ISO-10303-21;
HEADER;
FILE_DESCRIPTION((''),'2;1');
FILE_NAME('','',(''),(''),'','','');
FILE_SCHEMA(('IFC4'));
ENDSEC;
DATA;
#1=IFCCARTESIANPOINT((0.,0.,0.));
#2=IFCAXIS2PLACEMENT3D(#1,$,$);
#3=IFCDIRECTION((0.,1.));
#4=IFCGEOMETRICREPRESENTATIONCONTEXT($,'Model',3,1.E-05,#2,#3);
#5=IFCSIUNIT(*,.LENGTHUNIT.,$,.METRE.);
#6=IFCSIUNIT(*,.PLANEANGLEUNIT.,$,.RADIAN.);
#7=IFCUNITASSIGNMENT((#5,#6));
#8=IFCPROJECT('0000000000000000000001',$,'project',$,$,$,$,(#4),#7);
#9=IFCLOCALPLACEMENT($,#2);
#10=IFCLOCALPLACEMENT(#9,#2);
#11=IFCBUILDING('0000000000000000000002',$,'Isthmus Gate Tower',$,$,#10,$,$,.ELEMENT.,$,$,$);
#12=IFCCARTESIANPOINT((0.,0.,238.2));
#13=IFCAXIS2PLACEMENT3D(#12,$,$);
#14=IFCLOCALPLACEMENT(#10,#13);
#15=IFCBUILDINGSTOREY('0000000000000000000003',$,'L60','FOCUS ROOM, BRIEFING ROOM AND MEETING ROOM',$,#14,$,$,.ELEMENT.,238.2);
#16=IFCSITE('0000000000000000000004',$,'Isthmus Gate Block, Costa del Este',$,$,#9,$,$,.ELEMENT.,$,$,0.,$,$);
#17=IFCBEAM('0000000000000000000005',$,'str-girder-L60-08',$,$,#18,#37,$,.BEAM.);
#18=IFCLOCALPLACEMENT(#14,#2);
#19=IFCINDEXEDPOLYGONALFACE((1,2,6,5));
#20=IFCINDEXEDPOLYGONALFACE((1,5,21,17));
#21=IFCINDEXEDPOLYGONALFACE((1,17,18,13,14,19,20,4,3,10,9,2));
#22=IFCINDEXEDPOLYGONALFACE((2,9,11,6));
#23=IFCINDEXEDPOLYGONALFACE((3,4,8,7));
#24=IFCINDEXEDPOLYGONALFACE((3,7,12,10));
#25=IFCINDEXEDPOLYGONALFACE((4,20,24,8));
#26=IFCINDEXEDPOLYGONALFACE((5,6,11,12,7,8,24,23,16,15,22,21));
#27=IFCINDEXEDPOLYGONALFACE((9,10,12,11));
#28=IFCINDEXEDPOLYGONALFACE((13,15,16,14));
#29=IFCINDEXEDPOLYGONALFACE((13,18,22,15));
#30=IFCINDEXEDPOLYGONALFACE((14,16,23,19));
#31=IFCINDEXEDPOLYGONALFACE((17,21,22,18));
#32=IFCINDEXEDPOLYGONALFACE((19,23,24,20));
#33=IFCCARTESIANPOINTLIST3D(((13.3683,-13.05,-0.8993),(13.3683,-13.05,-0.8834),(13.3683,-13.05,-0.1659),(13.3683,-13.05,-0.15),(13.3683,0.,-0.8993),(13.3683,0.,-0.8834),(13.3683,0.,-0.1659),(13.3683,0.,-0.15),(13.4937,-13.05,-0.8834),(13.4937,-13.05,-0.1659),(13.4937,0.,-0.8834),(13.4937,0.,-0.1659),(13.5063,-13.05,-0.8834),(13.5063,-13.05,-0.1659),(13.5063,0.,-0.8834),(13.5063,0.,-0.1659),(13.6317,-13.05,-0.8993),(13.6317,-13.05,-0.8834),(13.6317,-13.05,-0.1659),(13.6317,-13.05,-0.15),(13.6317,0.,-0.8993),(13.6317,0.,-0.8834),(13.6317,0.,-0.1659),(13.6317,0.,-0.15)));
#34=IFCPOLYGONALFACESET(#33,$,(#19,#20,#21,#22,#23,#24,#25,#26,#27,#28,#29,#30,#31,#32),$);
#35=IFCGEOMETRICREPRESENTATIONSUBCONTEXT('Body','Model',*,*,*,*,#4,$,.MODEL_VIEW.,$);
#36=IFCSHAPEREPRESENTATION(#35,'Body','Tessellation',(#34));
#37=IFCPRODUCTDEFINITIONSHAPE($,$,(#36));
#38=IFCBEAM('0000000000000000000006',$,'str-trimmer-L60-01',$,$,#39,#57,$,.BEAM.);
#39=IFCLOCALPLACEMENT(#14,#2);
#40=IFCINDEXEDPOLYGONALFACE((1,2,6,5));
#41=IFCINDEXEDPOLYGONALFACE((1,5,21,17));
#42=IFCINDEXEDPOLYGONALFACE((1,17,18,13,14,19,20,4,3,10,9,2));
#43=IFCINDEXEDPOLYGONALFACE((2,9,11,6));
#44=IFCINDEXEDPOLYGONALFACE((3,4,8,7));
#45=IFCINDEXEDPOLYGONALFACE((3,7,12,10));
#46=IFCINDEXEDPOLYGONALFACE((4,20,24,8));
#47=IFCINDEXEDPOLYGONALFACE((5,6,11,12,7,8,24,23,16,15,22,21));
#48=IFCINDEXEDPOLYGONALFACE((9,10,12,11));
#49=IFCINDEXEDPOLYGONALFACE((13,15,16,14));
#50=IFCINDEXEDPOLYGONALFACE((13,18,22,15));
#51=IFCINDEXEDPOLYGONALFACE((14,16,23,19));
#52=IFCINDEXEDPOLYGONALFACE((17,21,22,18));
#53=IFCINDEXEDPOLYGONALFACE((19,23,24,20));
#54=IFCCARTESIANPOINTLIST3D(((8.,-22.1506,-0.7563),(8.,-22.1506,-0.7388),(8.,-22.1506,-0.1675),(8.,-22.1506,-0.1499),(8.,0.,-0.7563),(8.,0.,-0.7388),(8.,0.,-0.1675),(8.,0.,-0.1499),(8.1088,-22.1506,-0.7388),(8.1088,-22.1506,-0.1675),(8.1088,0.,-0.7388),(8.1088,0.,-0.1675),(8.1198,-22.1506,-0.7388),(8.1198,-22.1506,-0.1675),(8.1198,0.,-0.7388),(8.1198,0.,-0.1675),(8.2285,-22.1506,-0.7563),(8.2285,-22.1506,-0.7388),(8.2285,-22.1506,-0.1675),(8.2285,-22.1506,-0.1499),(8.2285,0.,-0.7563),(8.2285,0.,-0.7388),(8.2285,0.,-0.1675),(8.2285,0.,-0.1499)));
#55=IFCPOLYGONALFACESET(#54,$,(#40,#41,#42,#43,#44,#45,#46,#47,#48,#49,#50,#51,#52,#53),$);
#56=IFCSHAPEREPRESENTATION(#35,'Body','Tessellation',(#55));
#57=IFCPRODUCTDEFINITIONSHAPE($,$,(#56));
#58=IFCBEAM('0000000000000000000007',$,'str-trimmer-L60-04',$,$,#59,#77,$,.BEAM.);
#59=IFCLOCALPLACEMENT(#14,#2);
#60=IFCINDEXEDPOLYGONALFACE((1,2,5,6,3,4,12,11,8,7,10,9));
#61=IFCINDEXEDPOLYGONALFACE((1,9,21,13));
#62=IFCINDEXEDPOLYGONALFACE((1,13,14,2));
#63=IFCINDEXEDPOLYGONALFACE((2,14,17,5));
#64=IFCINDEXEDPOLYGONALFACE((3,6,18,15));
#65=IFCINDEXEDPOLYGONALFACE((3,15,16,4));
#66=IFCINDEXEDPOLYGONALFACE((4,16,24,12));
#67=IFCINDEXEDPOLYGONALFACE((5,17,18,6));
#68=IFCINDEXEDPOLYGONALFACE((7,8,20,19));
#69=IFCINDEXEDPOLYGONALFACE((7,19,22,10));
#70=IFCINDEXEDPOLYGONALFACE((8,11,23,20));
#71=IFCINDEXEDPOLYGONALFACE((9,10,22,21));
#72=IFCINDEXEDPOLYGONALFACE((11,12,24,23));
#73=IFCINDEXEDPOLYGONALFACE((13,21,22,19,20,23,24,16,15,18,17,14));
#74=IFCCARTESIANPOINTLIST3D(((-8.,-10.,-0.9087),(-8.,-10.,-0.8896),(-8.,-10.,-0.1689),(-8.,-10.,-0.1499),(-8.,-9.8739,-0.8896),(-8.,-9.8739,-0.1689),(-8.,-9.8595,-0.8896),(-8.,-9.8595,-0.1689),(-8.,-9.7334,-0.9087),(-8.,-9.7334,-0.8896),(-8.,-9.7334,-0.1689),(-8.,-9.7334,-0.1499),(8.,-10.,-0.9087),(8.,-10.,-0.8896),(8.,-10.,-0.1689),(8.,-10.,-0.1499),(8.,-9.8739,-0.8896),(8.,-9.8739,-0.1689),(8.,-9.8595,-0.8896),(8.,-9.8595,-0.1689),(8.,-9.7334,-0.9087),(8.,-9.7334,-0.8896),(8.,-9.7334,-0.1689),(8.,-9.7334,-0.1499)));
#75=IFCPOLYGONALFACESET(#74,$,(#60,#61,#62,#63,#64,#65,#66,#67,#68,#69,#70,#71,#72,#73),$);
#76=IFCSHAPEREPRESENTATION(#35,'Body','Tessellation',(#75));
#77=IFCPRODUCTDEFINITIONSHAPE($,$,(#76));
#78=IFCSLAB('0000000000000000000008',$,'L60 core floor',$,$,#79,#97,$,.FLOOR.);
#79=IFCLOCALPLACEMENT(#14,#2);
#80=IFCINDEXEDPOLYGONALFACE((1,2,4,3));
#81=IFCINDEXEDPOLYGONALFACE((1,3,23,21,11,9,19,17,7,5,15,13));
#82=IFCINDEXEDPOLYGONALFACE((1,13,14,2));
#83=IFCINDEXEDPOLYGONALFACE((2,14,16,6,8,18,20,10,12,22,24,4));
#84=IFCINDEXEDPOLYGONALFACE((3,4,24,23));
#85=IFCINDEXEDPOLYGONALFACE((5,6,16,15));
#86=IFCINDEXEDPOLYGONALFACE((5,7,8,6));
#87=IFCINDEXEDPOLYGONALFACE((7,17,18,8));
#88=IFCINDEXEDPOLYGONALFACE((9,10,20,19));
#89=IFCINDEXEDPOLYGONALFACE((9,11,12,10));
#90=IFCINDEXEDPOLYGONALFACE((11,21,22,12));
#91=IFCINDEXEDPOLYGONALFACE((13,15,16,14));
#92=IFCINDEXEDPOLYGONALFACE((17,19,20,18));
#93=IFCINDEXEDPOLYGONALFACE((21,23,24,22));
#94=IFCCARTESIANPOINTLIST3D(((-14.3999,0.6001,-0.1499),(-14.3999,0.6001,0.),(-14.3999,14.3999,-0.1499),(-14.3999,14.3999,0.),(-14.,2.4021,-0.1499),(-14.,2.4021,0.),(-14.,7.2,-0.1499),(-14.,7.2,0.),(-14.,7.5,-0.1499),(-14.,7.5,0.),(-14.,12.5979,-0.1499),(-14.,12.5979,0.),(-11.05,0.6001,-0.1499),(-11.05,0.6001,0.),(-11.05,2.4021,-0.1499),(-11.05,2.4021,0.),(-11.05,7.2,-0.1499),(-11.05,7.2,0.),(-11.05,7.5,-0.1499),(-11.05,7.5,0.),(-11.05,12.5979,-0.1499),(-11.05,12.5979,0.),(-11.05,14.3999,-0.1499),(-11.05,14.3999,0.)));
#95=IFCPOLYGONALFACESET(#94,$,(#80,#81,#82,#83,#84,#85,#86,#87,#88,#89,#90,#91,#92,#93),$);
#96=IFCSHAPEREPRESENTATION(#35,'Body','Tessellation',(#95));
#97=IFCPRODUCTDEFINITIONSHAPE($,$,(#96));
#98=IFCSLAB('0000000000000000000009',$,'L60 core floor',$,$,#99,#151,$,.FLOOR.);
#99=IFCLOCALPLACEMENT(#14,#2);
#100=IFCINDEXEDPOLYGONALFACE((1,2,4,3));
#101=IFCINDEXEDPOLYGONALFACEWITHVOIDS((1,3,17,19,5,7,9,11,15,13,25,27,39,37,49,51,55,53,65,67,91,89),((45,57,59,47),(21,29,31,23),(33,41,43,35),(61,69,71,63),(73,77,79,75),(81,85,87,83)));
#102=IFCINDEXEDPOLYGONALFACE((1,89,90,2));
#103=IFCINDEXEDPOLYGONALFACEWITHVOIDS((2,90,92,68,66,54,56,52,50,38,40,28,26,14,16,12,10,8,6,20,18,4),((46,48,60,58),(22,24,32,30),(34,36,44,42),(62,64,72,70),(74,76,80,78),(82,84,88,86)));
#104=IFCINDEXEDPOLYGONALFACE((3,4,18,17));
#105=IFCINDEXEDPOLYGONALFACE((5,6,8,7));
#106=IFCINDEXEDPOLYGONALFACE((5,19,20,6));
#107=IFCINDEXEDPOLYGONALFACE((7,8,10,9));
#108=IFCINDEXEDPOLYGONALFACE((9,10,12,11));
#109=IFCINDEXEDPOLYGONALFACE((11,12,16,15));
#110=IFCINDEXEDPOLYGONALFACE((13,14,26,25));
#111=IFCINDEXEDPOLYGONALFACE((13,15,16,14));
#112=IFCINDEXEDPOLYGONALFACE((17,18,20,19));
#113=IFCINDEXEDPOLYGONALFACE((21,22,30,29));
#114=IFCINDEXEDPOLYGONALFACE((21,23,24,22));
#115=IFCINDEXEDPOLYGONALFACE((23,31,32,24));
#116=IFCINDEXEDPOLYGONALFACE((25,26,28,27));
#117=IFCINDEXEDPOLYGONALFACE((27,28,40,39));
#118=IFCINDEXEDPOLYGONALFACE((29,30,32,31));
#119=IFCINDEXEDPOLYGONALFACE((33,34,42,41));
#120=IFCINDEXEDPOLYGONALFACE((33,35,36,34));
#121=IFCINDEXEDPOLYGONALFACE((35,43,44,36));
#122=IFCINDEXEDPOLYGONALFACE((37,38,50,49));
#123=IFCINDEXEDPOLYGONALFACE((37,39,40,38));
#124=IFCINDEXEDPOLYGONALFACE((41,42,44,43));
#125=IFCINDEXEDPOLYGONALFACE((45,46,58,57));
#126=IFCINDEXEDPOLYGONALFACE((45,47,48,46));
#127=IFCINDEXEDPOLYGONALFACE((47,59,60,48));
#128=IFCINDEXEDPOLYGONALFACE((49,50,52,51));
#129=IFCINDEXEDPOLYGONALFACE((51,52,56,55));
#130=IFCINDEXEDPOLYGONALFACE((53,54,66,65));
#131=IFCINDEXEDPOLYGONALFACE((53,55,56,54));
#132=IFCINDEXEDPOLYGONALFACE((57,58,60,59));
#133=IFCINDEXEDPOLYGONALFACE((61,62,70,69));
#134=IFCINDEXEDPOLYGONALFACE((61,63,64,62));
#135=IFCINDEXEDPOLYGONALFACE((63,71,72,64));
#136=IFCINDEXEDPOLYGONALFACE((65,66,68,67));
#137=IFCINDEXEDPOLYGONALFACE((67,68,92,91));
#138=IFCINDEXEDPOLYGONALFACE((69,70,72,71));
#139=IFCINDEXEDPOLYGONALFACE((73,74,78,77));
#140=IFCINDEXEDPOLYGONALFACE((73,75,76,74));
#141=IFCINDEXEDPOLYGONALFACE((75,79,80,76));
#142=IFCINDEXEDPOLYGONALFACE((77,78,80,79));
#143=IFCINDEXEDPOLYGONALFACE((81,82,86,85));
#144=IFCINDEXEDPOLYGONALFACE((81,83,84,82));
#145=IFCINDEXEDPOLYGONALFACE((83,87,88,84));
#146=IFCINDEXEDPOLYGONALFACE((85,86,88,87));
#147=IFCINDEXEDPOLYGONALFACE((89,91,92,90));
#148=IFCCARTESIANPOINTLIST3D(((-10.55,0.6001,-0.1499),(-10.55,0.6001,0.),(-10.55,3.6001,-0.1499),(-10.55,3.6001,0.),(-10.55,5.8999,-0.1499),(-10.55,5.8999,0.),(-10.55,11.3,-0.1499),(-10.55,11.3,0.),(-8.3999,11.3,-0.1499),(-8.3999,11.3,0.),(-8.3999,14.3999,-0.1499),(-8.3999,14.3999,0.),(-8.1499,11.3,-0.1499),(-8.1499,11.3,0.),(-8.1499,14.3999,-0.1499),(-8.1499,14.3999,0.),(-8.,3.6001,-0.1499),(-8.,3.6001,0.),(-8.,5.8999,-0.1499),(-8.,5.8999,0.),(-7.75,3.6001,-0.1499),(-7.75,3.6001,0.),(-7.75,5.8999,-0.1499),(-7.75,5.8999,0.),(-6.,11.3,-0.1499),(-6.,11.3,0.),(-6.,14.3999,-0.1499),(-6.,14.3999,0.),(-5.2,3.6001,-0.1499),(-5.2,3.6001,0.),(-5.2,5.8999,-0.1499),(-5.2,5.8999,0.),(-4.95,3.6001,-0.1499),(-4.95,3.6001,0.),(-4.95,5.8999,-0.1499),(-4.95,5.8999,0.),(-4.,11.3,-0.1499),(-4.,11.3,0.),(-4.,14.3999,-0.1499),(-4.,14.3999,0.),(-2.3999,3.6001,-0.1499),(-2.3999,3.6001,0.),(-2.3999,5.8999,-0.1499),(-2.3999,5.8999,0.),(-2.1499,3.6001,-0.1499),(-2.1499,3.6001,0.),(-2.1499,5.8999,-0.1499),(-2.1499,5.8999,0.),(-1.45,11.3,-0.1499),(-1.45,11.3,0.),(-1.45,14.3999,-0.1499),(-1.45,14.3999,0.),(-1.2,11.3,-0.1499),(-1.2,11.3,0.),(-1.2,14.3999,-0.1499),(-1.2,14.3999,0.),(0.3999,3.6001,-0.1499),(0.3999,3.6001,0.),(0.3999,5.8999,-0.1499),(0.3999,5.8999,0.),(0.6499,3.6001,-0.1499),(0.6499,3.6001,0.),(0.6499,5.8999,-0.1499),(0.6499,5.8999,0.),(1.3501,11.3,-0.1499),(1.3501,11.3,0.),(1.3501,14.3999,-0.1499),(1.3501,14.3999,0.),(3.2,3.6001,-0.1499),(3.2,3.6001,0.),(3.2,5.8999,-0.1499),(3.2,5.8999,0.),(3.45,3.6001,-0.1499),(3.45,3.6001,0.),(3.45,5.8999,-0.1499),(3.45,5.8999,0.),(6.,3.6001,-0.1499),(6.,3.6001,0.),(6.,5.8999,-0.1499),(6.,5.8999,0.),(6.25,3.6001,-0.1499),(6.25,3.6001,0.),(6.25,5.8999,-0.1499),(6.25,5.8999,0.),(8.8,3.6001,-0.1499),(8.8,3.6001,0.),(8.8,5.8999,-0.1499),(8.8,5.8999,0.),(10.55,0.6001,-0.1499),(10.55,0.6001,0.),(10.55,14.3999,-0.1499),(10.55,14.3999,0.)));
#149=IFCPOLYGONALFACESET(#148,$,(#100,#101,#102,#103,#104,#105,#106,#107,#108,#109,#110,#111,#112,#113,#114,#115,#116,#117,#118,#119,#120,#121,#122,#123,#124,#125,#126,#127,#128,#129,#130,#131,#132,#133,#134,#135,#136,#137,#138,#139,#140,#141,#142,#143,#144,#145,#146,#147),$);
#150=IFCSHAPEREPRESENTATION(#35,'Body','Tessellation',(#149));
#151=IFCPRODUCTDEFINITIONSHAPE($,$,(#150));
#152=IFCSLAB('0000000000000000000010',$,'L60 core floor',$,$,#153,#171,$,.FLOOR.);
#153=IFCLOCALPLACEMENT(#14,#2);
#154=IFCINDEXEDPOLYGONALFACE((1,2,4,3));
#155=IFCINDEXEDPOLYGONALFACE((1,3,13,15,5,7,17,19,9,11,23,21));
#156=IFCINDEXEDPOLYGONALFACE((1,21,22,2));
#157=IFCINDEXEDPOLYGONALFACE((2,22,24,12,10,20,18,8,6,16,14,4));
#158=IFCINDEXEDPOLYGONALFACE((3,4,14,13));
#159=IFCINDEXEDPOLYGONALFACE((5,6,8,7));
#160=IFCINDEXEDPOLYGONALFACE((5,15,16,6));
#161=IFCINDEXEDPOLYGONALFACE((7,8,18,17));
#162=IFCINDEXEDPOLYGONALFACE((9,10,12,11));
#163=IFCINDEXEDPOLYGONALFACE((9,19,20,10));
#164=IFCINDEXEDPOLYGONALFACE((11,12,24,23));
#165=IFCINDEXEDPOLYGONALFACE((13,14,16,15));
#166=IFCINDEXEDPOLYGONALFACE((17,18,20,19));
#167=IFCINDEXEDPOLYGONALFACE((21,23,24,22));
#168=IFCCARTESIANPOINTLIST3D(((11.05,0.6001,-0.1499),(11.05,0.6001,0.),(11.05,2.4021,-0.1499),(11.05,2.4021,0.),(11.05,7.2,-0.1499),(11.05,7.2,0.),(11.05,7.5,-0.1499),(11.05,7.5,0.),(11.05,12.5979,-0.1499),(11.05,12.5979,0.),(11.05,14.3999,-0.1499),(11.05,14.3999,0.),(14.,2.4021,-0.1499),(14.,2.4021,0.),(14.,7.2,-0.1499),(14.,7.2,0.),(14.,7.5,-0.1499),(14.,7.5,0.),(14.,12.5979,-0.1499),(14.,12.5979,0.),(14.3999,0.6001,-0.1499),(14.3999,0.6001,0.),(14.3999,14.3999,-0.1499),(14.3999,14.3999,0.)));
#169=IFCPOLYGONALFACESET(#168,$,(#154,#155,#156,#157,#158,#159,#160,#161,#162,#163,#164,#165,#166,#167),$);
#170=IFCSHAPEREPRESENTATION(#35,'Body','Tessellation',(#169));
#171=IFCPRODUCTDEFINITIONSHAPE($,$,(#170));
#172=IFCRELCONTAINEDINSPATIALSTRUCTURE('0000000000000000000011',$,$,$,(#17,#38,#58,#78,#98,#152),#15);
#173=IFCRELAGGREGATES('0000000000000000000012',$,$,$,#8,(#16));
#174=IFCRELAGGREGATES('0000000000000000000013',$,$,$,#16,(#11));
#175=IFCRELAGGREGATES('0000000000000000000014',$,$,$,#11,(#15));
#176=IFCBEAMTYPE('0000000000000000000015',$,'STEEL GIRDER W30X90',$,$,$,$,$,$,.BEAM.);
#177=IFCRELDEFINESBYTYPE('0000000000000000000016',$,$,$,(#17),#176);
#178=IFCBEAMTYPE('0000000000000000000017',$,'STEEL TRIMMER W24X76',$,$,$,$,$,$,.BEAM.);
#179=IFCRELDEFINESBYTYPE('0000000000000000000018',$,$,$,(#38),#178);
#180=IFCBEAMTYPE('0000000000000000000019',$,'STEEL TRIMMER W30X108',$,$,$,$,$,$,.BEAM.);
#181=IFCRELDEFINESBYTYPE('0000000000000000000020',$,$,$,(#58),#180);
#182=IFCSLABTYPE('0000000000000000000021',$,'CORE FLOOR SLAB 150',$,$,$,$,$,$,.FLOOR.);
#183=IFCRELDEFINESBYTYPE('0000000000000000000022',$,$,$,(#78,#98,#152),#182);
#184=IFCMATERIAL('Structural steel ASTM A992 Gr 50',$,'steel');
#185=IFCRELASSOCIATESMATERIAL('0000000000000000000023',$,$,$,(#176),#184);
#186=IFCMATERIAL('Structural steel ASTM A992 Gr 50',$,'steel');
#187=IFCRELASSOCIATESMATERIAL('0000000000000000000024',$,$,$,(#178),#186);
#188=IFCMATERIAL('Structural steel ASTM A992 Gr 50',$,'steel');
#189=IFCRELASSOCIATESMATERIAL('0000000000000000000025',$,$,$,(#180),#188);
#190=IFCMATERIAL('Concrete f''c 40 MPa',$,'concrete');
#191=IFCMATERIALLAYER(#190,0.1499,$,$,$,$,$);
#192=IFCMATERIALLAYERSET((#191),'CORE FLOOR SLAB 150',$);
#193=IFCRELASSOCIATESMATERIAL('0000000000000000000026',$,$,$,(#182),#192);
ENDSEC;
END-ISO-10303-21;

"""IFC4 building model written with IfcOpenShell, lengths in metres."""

from ifc_helpers import new_model, si_unit, direction, frame, origin, origin_2d, place, context, subcontext, project, spatial, polyline, i_section, outline, extrude, material, layer, layer_set, material_profile, profile_set, type_object, element, save


model = new_model("IFC4")

# Units and contexts
model_context = context("Model", 3, precision=1e-05, world=origin(), true_north=direction((0.0, 1.0)))
body_context = subcontext(model_context, "Body", "Model", "MODEL_VIEW")
ifc_project = project(units=[si_unit("LENGTHUNIT", "METRE"), si_unit("PLANEANGLEUNIT", "RADIAN")], contexts=[model_context])

# Site, building, storey
site_placement = place(None, origin())
site = spatial("IfcSite", under=ifc_project, at=site_placement, Name="Isthmus Gate Block, Costa del Este", CompositionType="ELEMENT", RefElevation=0.0)
building_placement = place(site_placement, origin())
building = spatial("IfcBuilding", under=site, at=building_placement, Name="Isthmus Gate Tower", CompositionType="ELEMENT")
storey_placement = place(building_placement, frame((0.0, 0.0, 238.2)))
storey = spatial("IfcBuildingStorey", under=building, at=storey_placement, Name="L60", Description="FOCUS ROOM, BRIEFING ROOM AND MEETING ROOM", CompositionType="ELEMENT", Elevation=238.2)

# Beams
ifc_material_1 = material(Name="Structural steel ASTM A992 Gr 50", Category="steel")
ifc_material_profile_1 = material_profile(ifc_material_1, i_section(OverallWidth=0.2634, OverallDepth=0.7493, WebThickness=0.0127, FlangeThickness=0.0159, at=origin_2d()), Name="W30X90")
ifc_profile_set_1 = profile_set([ifc_material_profile_1], Name="Structural steel ASTM A992 Gr 50")
beam_type_1 = type_object("IfcBeamType", Name="STEEL GIRDER W30X90", PredefinedType="BEAM", material=ifc_profile_set_1)
beam_1_placement = place(storey_placement, frame((13.5, -13.05, -0.5247), z_axis=(0.0, 1.0, 0.0), x_axis=(-1.0, 0.0, 0.0)))
element("IfcBeam", 1, at=beam_1_placement, inside=storey, type_object=beam_type_1, Name="str-girder-L60-08", PredefinedType="BEAM", context=body_context, shape_type="SweptSolid", body=[
    extrude(i_section(OverallWidth=0.2634, OverallDepth=0.7493, WebThickness=0.0127, FlangeThickness=0.0159, at=origin_2d()), origin(), (0.0, 0.0, 1.0), 13.05),
])
ifc_material_2 = material(Name="Structural steel ASTM A992 Gr 50", Category="steel")
ifc_material_profile_2 = material_profile(ifc_material_2, i_section(OverallWidth=0.2285, OverallDepth=0.6064, WebThickness=0.011, FlangeThickness=0.0176, at=origin_2d()), Name="W24X76")
ifc_profile_set_2 = profile_set([ifc_material_profile_2], Name="Structural steel ASTM A992 Gr 50")
beam_type_2 = type_object("IfcBeamType", Name="STEEL TRIMMER W24X76", PredefinedType="BEAM", material=ifc_profile_set_2)
beam_2_placement = place(storey_placement, frame((8.1143, -22.1506, -0.4531), z_axis=(0.0, 1.0, 0.0), x_axis=(-1.0, 0.0, 0.0)))
element("IfcBeam", 2, at=beam_2_placement, inside=storey, type_object=beam_type_2, Name="str-trimmer-L60-01", PredefinedType="BEAM", context=body_context, shape_type="SweptSolid", body=[
    extrude(i_section(OverallWidth=0.2285, OverallDepth=0.6064, WebThickness=0.011, FlangeThickness=0.0176, at=origin_2d()), origin(), (0.0, 0.0, 1.0), 22.1506),
])
ifc_material_3 = material(Name="Structural steel ASTM A992 Gr 50", Category="steel")
ifc_material_profile_3 = material_profile(ifc_material_3, i_section(OverallWidth=0.2666, OverallDepth=0.7588, WebThickness=0.0144, FlangeThickness=0.019, at=origin_2d()), Name="W30X108")
ifc_profile_set_3 = profile_set([ifc_material_profile_3], Name="Structural steel ASTM A992 Gr 50")
beam_type_3 = type_object("IfcBeamType", Name="STEEL TRIMMER W30X108", PredefinedType="BEAM", material=ifc_profile_set_3)
beam_3_placement = place(storey_placement, frame((8.0, -9.8667, -0.5293), z_axis=(-1.0, 0.0, 0.0), x_axis=(0.0, -1.0, 0.0)))
element("IfcBeam", 3, at=beam_3_placement, inside=storey, type_object=beam_type_3, Name="str-trimmer-L60-04", PredefinedType="BEAM", context=body_context, shape_type="SweptSolid", body=[
    extrude(i_section(OverallWidth=0.2666, OverallDepth=0.7588, WebThickness=0.0144, FlangeThickness=0.019, at=origin_2d()), origin(), (0.0, 0.0, 1.0), 16.0),
])

# Slabs
ifc_material_4 = material(Name="Concrete f'c 40 MPa", Category="concrete")
ifc_layer_1 = layer(ifc_material_4, 0.1499)
ifc_layer_set_1 = layer_set([ifc_layer_1], Name="CORE FLOOR SLAB 150")
slab_type_1 = type_object("IfcSlabType", Name="CORE FLOOR SLAB 150", PredefinedType="FLOOR", material=ifc_layer_set_1)
slab_1_placement = place(storey_placement, frame((0.0, 0.0, -0.1499)))
element("IfcSlab", 4, at=slab_1_placement, inside=storey, type_object=slab_type_1, Name="L60 core floor", PredefinedType="FLOOR", context=body_context, shape_type="SweptSolid", body=[
    extrude(outline(polyline([(-11.05, 0.6001), (-11.05, 2.4021), (-14.0, 2.4021), (-14.0, 7.2), (-11.05, 7.2), (-11.05, 7.5), (-14.0, 7.5), (-14.0, 12.5979), (-11.05, 12.5979), (-11.05, 14.3999), (-14.3999, 14.3999), (-14.3999, 0.6001), (-11.05, 0.6001)])), origin(), (0.0, 0.0, 1.0), 0.1499),
])
slab_2_placement = place(storey_placement, frame((0.0, 0.0, -0.1499)))
element("IfcSlab", 5, at=slab_2_placement, inside=storey, type_object=slab_type_1, Name="L60 core floor", PredefinedType="FLOOR", context=body_context, shape_type="SweptSolid", body=[
    extrude(outline(polyline([(10.55, 14.3999), (1.3501, 14.3999), (1.3501, 11.3), (-1.2, 11.3), (-1.2, 14.3999), (-1.45, 14.3999), (-1.45, 11.3), (-4.0, 11.3), (-4.0, 14.3999), (-6.0, 14.3999), (-6.0, 11.3), (-8.1499, 11.3), (-8.1499, 14.3999), (-8.3999, 14.3999), (-8.3999, 11.3), (-10.55, 11.3), (-10.55, 5.8999), (-8.0, 5.8999), (-8.0, 3.6001), (-10.55, 3.6001), (-10.55, 0.6001), (10.55, 0.6001), (10.55, 14.3999)]), holes=[polyline([(-5.2, 5.8999), (-5.2, 3.6001), (-7.75, 3.6001), (-7.75, 5.8999), (-5.2, 5.8999)]), polyline([(-2.3999, 5.8999), (-2.3999, 3.6001), (-4.95, 3.6001), (-4.95, 5.8999), (-2.3999, 5.8999)]), polyline([(0.3999, 5.8999), (0.3999, 3.6001), (-2.1499, 3.6001), (-2.1499, 5.8999), (0.3999, 5.8999)]), polyline([(3.2, 5.8999), (3.2, 3.6001), (0.6499, 3.6001), (0.6499, 5.8999), (3.2, 5.8999)]), polyline([(6.0, 5.8999), (6.0, 3.6001), (3.45, 3.6001), (3.45, 5.8999), (6.0, 5.8999)]), polyline([(8.8, 5.8999), (8.8, 3.6001), (6.25, 3.6001), (6.25, 5.8999), (8.8, 5.8999)])]), origin(), (0.0, 0.0, 1.0), 0.1499),
])
slab_3_placement = place(storey_placement, frame((0.0, 0.0, -0.1499)))
element("IfcSlab", 6, at=slab_3_placement, inside=storey, type_object=slab_type_1, Name="L60 core floor", PredefinedType="FLOOR", context=body_context, shape_type="SweptSolid", body=[
    extrude(outline(polyline([(11.05, 14.3999), (11.05, 12.5979), (14.0, 12.5979), (14.0, 7.5), (11.05, 7.5), (11.05, 7.2), (14.0, 7.2), (14.0, 2.4021), (11.05, 2.4021), (11.05, 0.6001), (14.3999, 0.6001), (14.3999, 14.3999), (11.05, 14.3999)])), origin(), (0.0, 0.0, 1.0), 0.1499),
])

save(model, "model.ifc")
